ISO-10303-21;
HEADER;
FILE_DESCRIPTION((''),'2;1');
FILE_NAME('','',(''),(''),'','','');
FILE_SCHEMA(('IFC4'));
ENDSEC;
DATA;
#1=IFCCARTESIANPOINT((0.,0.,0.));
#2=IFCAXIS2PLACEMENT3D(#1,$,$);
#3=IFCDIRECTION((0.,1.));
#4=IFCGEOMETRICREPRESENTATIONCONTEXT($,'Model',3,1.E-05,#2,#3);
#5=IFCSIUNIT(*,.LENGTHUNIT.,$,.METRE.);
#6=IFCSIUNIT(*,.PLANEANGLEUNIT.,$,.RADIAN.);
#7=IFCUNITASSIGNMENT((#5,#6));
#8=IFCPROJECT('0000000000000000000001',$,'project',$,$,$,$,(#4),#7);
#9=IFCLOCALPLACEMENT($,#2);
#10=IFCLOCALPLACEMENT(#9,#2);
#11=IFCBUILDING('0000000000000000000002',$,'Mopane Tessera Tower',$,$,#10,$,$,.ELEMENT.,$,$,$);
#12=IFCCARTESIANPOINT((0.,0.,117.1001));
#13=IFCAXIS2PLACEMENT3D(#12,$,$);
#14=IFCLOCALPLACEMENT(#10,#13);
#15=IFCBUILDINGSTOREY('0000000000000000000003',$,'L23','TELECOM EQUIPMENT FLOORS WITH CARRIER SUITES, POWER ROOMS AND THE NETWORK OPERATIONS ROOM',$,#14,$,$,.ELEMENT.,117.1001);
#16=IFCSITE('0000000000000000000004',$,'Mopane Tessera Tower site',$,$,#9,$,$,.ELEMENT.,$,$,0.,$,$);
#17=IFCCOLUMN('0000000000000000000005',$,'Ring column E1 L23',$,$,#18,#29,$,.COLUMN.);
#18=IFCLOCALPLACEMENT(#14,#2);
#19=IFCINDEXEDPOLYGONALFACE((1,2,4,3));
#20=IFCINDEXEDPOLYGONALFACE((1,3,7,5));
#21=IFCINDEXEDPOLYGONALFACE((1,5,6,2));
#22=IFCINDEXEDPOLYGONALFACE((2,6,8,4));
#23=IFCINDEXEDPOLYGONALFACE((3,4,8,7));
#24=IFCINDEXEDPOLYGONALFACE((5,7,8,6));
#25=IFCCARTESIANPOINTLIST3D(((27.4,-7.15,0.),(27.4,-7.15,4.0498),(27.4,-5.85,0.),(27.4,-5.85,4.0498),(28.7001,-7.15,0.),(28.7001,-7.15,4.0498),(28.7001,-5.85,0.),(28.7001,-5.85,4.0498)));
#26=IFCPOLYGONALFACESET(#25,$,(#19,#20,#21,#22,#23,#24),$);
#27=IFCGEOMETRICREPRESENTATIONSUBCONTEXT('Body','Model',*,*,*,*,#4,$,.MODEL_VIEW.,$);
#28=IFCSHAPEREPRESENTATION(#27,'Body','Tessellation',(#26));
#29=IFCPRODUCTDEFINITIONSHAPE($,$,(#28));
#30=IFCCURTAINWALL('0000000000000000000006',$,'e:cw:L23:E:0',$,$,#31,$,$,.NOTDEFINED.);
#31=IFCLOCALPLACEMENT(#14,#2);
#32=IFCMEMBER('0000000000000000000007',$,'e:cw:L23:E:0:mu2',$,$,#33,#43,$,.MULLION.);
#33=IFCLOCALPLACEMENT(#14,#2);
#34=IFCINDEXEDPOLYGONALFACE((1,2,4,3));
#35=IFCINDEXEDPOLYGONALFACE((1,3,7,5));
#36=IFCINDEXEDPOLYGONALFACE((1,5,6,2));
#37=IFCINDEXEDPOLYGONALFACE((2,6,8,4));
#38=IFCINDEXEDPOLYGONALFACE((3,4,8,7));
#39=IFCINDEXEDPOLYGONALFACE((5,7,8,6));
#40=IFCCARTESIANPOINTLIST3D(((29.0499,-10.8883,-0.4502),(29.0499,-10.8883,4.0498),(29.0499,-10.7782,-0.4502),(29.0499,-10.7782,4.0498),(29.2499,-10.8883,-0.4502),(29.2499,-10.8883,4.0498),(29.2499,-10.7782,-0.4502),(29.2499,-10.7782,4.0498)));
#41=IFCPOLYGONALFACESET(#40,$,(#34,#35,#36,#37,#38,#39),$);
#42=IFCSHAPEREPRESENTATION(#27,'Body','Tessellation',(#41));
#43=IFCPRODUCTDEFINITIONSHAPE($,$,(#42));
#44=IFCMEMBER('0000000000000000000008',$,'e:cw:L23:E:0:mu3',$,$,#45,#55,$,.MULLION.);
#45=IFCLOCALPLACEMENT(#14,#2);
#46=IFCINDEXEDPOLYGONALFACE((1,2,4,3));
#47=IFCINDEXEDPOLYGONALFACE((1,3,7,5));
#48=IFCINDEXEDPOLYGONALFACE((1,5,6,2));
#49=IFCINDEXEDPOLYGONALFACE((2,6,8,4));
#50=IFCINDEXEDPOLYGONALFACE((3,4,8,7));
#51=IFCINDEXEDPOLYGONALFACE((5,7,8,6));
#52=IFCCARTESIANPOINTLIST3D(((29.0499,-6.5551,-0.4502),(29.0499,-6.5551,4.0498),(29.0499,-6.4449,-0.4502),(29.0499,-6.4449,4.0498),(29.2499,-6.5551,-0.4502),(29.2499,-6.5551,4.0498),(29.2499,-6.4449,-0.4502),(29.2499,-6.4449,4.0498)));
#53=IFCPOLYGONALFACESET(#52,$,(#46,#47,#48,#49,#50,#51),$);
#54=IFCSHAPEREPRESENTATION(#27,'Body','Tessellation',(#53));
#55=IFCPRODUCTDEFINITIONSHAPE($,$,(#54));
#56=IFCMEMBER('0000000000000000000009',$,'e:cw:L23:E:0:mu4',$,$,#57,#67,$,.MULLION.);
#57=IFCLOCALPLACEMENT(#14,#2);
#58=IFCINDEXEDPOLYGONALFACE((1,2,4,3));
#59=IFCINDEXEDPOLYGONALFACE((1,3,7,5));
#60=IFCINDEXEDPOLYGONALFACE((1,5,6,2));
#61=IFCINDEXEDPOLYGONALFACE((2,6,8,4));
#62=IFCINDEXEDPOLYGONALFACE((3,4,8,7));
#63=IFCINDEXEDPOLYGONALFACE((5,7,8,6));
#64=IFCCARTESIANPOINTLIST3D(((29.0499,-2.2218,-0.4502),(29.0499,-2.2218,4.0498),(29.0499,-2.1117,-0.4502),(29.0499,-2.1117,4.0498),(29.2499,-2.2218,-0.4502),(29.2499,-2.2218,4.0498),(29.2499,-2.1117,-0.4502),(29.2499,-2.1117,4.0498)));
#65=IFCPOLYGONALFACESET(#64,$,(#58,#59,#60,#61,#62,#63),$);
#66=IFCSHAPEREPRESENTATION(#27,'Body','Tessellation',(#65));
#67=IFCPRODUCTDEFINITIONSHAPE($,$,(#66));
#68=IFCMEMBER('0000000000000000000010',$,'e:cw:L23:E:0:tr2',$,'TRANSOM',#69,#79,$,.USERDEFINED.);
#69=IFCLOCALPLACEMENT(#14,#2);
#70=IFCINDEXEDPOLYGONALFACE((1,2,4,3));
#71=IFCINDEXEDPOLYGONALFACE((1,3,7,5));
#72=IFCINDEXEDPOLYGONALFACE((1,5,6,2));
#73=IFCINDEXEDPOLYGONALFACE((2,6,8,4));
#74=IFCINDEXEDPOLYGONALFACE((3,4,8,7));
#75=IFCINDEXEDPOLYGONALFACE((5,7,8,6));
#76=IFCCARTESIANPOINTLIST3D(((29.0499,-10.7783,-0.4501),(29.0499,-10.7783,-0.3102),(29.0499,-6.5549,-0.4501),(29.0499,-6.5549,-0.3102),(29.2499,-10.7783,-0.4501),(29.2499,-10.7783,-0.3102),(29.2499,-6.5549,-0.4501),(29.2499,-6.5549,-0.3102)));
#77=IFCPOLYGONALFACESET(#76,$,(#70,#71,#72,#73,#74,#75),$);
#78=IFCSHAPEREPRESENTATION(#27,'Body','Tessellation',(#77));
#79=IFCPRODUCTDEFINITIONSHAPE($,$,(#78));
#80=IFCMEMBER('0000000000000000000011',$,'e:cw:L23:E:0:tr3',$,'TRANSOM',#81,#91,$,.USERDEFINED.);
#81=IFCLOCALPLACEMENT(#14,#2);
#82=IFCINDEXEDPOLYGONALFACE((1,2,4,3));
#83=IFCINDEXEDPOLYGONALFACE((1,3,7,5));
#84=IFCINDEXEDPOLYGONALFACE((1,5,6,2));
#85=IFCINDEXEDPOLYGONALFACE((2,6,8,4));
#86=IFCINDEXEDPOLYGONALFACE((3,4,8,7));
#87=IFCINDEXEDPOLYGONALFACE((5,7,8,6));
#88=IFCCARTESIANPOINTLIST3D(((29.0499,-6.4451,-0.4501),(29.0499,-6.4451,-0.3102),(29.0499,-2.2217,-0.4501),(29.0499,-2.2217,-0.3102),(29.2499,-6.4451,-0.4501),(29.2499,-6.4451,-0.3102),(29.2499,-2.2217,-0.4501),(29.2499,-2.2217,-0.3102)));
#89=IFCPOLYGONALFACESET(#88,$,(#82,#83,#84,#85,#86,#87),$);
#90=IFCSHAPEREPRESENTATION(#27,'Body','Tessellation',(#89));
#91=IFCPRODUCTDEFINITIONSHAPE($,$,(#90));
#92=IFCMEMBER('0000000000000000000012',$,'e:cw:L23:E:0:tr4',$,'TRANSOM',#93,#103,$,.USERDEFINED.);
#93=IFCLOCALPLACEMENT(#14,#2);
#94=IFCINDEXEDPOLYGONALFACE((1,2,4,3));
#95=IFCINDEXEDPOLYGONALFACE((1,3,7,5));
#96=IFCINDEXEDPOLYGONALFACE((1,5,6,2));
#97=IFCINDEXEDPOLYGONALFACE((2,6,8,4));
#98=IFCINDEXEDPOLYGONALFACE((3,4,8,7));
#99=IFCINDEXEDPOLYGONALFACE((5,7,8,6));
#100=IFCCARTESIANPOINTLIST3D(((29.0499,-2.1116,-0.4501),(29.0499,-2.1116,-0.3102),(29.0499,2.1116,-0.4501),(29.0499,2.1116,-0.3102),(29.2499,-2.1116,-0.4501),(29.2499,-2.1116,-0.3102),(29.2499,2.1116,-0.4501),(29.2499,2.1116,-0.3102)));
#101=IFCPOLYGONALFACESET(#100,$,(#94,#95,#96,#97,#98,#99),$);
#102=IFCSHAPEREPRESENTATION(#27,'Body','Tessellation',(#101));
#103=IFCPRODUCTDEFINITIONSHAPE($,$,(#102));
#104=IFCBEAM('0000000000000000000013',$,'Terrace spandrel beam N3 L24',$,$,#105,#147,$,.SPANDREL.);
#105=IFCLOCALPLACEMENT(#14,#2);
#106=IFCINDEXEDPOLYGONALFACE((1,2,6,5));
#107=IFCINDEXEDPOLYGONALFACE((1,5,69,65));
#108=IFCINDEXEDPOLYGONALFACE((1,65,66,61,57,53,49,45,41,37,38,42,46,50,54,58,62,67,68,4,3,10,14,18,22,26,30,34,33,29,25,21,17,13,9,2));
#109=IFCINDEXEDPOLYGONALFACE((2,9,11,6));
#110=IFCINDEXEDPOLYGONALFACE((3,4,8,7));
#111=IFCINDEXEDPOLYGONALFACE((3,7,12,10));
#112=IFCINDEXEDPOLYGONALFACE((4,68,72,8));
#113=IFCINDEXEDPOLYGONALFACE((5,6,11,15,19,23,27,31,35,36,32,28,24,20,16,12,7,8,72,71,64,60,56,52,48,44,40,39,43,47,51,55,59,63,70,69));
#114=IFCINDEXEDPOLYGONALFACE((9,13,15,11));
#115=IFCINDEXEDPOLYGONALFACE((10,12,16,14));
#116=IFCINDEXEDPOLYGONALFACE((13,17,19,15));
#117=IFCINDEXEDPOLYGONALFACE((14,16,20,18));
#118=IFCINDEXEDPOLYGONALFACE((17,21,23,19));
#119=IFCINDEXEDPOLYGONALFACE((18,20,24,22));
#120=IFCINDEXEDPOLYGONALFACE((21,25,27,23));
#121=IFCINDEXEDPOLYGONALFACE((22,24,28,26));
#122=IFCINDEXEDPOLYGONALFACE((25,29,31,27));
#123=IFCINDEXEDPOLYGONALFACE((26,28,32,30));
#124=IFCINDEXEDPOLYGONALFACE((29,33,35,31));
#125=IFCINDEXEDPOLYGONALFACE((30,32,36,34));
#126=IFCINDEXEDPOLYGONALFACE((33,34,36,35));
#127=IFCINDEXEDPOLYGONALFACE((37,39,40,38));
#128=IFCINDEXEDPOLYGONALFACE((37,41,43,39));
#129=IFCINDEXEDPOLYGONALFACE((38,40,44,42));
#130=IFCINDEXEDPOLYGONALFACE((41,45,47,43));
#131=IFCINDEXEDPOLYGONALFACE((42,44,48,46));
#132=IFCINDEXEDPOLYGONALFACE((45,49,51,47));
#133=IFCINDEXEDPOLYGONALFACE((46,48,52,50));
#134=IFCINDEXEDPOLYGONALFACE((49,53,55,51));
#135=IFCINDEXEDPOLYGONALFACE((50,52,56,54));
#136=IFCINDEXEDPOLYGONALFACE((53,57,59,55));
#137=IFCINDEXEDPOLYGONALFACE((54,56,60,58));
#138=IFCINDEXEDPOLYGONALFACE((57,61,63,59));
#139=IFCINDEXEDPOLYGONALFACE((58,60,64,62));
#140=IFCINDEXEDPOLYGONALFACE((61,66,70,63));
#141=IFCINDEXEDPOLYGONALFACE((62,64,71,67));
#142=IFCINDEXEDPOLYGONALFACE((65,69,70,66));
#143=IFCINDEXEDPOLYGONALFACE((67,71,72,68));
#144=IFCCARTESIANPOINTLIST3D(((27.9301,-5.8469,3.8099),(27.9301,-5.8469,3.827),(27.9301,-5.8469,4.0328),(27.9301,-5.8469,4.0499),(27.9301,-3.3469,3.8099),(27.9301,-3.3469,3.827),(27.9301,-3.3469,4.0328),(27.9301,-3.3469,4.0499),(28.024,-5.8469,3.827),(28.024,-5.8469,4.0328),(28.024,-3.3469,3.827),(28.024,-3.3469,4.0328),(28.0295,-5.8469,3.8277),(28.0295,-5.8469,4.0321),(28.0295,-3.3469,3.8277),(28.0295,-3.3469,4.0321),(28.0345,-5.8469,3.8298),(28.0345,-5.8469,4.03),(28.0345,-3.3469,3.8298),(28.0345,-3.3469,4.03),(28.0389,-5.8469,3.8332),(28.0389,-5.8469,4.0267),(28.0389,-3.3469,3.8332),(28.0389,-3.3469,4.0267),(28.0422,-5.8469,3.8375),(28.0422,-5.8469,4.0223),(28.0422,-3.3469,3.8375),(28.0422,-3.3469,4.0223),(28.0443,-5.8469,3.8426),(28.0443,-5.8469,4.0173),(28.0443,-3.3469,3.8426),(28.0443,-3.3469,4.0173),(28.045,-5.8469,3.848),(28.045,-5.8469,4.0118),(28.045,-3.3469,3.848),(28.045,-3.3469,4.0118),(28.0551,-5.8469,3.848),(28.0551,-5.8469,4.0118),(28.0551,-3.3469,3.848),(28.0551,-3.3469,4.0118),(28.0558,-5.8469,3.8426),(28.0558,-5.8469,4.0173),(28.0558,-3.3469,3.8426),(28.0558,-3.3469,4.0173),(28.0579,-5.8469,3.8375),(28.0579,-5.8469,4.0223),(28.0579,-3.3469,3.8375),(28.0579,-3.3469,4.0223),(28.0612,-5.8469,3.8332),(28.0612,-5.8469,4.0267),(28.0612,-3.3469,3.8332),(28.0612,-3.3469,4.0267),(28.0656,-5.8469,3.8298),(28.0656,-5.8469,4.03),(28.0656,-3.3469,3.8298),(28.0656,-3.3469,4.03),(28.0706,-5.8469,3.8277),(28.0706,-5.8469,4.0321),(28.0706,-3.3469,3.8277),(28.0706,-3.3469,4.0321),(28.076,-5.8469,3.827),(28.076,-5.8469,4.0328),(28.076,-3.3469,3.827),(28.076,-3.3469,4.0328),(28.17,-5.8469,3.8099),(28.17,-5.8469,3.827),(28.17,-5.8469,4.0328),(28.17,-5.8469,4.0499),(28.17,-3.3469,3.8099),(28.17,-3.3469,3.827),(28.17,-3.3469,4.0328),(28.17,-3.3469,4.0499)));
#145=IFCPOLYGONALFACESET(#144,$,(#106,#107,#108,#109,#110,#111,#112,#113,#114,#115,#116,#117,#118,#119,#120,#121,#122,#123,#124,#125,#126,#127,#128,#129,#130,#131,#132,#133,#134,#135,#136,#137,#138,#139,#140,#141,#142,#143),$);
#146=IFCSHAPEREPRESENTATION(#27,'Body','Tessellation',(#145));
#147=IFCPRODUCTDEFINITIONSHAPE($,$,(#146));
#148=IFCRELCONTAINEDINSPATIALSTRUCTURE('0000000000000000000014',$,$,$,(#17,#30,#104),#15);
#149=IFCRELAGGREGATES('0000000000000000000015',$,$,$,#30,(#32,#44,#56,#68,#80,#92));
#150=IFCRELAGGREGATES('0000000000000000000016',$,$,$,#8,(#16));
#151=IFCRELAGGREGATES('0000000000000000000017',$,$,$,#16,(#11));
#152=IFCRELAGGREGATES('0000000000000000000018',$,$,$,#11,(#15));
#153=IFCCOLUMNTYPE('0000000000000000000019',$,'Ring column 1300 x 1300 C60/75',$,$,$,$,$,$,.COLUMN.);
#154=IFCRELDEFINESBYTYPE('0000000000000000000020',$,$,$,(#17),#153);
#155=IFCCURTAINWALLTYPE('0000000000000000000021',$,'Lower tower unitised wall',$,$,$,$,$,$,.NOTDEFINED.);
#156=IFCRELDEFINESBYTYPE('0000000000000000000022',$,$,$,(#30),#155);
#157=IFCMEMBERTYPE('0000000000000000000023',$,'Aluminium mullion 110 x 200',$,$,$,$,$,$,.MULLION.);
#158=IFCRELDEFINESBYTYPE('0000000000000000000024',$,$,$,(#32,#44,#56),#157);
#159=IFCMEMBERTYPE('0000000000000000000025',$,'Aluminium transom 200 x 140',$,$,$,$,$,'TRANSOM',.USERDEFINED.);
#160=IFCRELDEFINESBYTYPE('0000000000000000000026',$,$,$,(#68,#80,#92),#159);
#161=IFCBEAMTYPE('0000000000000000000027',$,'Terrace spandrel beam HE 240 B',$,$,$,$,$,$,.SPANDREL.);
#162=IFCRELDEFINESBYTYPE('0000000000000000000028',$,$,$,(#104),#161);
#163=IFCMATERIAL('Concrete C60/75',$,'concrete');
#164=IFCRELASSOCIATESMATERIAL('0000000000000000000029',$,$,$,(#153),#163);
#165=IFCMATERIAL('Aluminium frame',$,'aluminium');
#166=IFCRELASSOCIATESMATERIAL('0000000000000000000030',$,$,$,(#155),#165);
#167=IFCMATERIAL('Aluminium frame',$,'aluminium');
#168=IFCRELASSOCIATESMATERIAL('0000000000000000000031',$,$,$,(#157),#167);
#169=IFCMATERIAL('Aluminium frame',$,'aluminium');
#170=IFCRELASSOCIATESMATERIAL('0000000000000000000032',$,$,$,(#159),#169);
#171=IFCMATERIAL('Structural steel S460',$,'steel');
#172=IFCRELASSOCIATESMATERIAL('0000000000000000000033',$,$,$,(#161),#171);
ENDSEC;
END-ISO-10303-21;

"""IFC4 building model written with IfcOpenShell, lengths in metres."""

from ifc_helpers import new_model, si_unit, direction, frame, origin, origin_2d, place, context, subcontext, project, spatial, rectangle, i_section, extrude, material, material_profile, profile_set, type_object, element, aggregate, save


model = new_model("IFC4")

# Units and contexts
model_context = context("Model", 3, precision=1e-05, world=origin(), true_north=direction((0.0, 1.0)))
body_context = subcontext(model_context, "Body", "Model", "MODEL_VIEW")
ifc_project = project(units=[si_unit("LENGTHUNIT", "METRE"), si_unit("PLANEANGLEUNIT", "RADIAN")], contexts=[model_context])

# Site, building, storey
site_placement = place(None, origin())
site = spatial("IfcSite", under=ifc_project, at=site_placement, Name="Mopane Tessera Tower site", CompositionType="ELEMENT", RefElevation=0.0)
building_placement = place(site_placement, origin())
building = spatial("IfcBuilding", under=site, at=building_placement, Name="Mopane Tessera Tower", CompositionType="ELEMENT")
storey_placement = place(building_placement, frame((0.0, 0.0, 117.1001)))
storey = spatial("IfcBuildingStorey", under=building, at=storey_placement, Name="L23", Description="TELECOM EQUIPMENT FLOORS WITH CARRIER SUITES, POWER ROOMS AND THE NETWORK OPERATIONS ROOM", CompositionType="ELEMENT", Elevation=117.1001)

# Column
ifc_material_1 = material(Name="Concrete C60/75", Category="concrete")
ifc_material_profile_1 = material_profile(ifc_material_1, rectangle(XDim=1.3, YDim=1.3, at=origin_2d()))
ifc_profile_set_1 = profile_set([ifc_material_profile_1], Name="Concrete C60/75")
column_type = type_object("IfcColumnType", Name="Ring column 1300 x 1300 C60/75", PredefinedType="COLUMN", material=ifc_profile_set_1)
column_placement = place(storey_placement, frame((28.05, -6.5, 0.0), z_axis=(0.0, 0.0, 1.0), x_axis=(1.0, 0.0, 0.0)))
element("IfcColumn", 1, at=column_placement, inside=storey, type_object=column_type, Name="Ring column E1 L23", PredefinedType="COLUMN", context=body_context, shape_type="SweptSolid", body=[
    extrude(rectangle(XDim=1.3, YDim=1.3, at=origin_2d()), origin(), (0.0, 0.0, 1.0), 4.0498),
])

# Curtain wall, members
ifc_material_2 = material(Name="Aluminium frame", Category="aluminium")
curtain_wall_type = type_object("IfcCurtainWallType", Name="Lower tower unitised wall", PredefinedType="NOTDEFINED", material=ifc_material_2)
curtain_wall_placement = place(storey_placement, origin())
curtain_wall = element("IfcCurtainWall", 2, at=curtain_wall_placement, inside=storey, type_object=curtain_wall_type, Name="e:cw:L23:E:0", PredefinedType="NOTDEFINED")
ifc_material_3 = material(Name="Aluminium frame", Category="aluminium")
ifc_material_profile_2 = material_profile(ifc_material_3, rectangle(XDim=0.1101, YDim=0.2, at=origin_2d()))
ifc_profile_set_2 = profile_set([ifc_material_profile_2], Name="Aluminium frame")
member_type_1 = type_object("IfcMemberType", Name="Aluminium mullion 110 x 200", PredefinedType="MULLION", material=ifc_profile_set_2)
member_1_placement = place(storey_placement, frame((29.1499, -10.8333, -0.4502), z_axis=(0.0, 0.0, 1.0), x_axis=(0.0, 1.0, 0.0)))
member_1 = element("IfcMember", 3, at=member_1_placement, type_object=member_type_1, Name="e:cw:L23:E:0:mu2", PredefinedType="MULLION", context=body_context, shape_type="SweptSolid", body=[
    extrude(rectangle(XDim=0.1101, YDim=0.2, at=origin_2d()), origin(), (0.0, 0.0, 1.0), 4.5),
])
member_2_placement = place(storey_placement, frame((29.1499, -6.5, -0.4502), z_axis=(0.0, 0.0, 1.0), x_axis=(0.0, 1.0, 0.0)))
member_2 = element("IfcMember", 4, at=member_2_placement, type_object=member_type_1, Name="e:cw:L23:E:0:mu3", PredefinedType="MULLION", context=body_context, shape_type="SweptSolid", body=[
    extrude(rectangle(XDim=0.1101, YDim=0.2, at=origin_2d()), origin(), (0.0, 0.0, 1.0), 4.5),
])
member_3_placement = place(storey_placement, frame((29.1499, -2.1667, -0.4502), z_axis=(0.0, 0.0, 1.0), x_axis=(0.0, 1.0, 0.0)))
member_3 = element("IfcMember", 5, at=member_3_placement, type_object=member_type_1, Name="e:cw:L23:E:0:mu4", PredefinedType="MULLION", context=body_context, shape_type="SweptSolid", body=[
    extrude(rectangle(XDim=0.1101, YDim=0.2, at=origin_2d()), origin(), (0.0, 0.0, 1.0), 4.5),
])
ifc_material_4 = material(Name="Aluminium frame", Category="aluminium")
ifc_material_profile_3 = material_profile(ifc_material_4, rectangle(XDim=0.2, YDim=0.1399, at=origin_2d()))
ifc_profile_set_3 = profile_set([ifc_material_profile_3], Name="Aluminium frame")
member_type_2 = type_object("IfcMemberType", Name="Aluminium transom 200 x 140", ElementType="TRANSOM", PredefinedType="USERDEFINED", material=ifc_profile_set_3)
member_4_placement = place(storey_placement, frame((29.1499, -10.7783, -0.3801), z_axis=(0.0, 1.0, 0.0), x_axis=(-1.0, 0.0, 0.0)))
member_4 = element("IfcMember", 6, at=member_4_placement, type_object=member_type_2, Name="e:cw:L23:E:0:tr2", ObjectType="TRANSOM", PredefinedType="USERDEFINED", context=body_context, shape_type="SweptSolid", body=[
    extrude(rectangle(XDim=0.2, YDim=0.1399, at=origin_2d()), origin(), (0.0, 0.0, 1.0), 4.2234),
])
member_5_placement = place(storey_placement, frame((29.1499, -6.4451, -0.3801), z_axis=(0.0, 1.0, 0.0), x_axis=(-1.0, 0.0, 0.0)))
member_5 = element("IfcMember", 7, at=member_5_placement, type_object=member_type_2, Name="e:cw:L23:E:0:tr3", ObjectType="TRANSOM", PredefinedType="USERDEFINED", context=body_context, shape_type="SweptSolid", body=[
    extrude(rectangle(XDim=0.2, YDim=0.1399, at=origin_2d()), origin(), (0.0, 0.0, 1.0), 4.2234),
])
member_6_placement = place(storey_placement, frame((29.1499, -2.1116, -0.3801), z_axis=(0.0, 1.0, 0.0), x_axis=(-1.0, 0.0, 0.0)))
member_6 = element("IfcMember", 8, at=member_6_placement, type_object=member_type_2, Name="e:cw:L23:E:0:tr4", ObjectType="TRANSOM", PredefinedType="USERDEFINED", context=body_context, shape_type="SweptSolid", body=[
    extrude(rectangle(XDim=0.2, YDim=0.1399, at=origin_2d()), origin(), (0.0, 0.0, 1.0), 4.2231),
])

# Beam
ifc_material_5 = material(Name="Structural steel S460", Category="steel")
ifc_material_profile_4 = material_profile(ifc_material_5, i_section(OverallWidth=0.24, OverallDepth=0.24, WebThickness=0.01, FlangeThickness=0.0171, FilletRadius=0.021, at=origin_2d()))
ifc_profile_set_4 = profile_set([ifc_material_profile_4], Name="Structural steel S460")
beam_type_1 = type_object("IfcBeamType", Name="Terrace spandrel beam HE 240 B", PredefinedType="SPANDREL", material=ifc_profile_set_4)
beam_1_placement = place(storey_placement, frame((28.05, -5.8469, 3.9299), z_axis=(0.0, 1.0, 0.0), x_axis=(-1.0, 0.0, 0.0)))
element("IfcBeam", 9, at=beam_1_placement, inside=storey, type_object=beam_type_1, Name="Terrace spandrel beam N3 L24", PredefinedType="SPANDREL", context=body_context, shape_type="SweptSolid", body=[
    extrude(i_section(OverallWidth=0.24, OverallDepth=0.24, WebThickness=0.01, FlangeThickness=0.0171, FilletRadius=0.021, at=origin_2d()), origin(), (0.0, 0.0, 1.0), 2.5),
])

aggregate(curtain_wall, [member_1, member_2, member_3, member_4, member_5, member_6])

save(model, "model.ifc")
